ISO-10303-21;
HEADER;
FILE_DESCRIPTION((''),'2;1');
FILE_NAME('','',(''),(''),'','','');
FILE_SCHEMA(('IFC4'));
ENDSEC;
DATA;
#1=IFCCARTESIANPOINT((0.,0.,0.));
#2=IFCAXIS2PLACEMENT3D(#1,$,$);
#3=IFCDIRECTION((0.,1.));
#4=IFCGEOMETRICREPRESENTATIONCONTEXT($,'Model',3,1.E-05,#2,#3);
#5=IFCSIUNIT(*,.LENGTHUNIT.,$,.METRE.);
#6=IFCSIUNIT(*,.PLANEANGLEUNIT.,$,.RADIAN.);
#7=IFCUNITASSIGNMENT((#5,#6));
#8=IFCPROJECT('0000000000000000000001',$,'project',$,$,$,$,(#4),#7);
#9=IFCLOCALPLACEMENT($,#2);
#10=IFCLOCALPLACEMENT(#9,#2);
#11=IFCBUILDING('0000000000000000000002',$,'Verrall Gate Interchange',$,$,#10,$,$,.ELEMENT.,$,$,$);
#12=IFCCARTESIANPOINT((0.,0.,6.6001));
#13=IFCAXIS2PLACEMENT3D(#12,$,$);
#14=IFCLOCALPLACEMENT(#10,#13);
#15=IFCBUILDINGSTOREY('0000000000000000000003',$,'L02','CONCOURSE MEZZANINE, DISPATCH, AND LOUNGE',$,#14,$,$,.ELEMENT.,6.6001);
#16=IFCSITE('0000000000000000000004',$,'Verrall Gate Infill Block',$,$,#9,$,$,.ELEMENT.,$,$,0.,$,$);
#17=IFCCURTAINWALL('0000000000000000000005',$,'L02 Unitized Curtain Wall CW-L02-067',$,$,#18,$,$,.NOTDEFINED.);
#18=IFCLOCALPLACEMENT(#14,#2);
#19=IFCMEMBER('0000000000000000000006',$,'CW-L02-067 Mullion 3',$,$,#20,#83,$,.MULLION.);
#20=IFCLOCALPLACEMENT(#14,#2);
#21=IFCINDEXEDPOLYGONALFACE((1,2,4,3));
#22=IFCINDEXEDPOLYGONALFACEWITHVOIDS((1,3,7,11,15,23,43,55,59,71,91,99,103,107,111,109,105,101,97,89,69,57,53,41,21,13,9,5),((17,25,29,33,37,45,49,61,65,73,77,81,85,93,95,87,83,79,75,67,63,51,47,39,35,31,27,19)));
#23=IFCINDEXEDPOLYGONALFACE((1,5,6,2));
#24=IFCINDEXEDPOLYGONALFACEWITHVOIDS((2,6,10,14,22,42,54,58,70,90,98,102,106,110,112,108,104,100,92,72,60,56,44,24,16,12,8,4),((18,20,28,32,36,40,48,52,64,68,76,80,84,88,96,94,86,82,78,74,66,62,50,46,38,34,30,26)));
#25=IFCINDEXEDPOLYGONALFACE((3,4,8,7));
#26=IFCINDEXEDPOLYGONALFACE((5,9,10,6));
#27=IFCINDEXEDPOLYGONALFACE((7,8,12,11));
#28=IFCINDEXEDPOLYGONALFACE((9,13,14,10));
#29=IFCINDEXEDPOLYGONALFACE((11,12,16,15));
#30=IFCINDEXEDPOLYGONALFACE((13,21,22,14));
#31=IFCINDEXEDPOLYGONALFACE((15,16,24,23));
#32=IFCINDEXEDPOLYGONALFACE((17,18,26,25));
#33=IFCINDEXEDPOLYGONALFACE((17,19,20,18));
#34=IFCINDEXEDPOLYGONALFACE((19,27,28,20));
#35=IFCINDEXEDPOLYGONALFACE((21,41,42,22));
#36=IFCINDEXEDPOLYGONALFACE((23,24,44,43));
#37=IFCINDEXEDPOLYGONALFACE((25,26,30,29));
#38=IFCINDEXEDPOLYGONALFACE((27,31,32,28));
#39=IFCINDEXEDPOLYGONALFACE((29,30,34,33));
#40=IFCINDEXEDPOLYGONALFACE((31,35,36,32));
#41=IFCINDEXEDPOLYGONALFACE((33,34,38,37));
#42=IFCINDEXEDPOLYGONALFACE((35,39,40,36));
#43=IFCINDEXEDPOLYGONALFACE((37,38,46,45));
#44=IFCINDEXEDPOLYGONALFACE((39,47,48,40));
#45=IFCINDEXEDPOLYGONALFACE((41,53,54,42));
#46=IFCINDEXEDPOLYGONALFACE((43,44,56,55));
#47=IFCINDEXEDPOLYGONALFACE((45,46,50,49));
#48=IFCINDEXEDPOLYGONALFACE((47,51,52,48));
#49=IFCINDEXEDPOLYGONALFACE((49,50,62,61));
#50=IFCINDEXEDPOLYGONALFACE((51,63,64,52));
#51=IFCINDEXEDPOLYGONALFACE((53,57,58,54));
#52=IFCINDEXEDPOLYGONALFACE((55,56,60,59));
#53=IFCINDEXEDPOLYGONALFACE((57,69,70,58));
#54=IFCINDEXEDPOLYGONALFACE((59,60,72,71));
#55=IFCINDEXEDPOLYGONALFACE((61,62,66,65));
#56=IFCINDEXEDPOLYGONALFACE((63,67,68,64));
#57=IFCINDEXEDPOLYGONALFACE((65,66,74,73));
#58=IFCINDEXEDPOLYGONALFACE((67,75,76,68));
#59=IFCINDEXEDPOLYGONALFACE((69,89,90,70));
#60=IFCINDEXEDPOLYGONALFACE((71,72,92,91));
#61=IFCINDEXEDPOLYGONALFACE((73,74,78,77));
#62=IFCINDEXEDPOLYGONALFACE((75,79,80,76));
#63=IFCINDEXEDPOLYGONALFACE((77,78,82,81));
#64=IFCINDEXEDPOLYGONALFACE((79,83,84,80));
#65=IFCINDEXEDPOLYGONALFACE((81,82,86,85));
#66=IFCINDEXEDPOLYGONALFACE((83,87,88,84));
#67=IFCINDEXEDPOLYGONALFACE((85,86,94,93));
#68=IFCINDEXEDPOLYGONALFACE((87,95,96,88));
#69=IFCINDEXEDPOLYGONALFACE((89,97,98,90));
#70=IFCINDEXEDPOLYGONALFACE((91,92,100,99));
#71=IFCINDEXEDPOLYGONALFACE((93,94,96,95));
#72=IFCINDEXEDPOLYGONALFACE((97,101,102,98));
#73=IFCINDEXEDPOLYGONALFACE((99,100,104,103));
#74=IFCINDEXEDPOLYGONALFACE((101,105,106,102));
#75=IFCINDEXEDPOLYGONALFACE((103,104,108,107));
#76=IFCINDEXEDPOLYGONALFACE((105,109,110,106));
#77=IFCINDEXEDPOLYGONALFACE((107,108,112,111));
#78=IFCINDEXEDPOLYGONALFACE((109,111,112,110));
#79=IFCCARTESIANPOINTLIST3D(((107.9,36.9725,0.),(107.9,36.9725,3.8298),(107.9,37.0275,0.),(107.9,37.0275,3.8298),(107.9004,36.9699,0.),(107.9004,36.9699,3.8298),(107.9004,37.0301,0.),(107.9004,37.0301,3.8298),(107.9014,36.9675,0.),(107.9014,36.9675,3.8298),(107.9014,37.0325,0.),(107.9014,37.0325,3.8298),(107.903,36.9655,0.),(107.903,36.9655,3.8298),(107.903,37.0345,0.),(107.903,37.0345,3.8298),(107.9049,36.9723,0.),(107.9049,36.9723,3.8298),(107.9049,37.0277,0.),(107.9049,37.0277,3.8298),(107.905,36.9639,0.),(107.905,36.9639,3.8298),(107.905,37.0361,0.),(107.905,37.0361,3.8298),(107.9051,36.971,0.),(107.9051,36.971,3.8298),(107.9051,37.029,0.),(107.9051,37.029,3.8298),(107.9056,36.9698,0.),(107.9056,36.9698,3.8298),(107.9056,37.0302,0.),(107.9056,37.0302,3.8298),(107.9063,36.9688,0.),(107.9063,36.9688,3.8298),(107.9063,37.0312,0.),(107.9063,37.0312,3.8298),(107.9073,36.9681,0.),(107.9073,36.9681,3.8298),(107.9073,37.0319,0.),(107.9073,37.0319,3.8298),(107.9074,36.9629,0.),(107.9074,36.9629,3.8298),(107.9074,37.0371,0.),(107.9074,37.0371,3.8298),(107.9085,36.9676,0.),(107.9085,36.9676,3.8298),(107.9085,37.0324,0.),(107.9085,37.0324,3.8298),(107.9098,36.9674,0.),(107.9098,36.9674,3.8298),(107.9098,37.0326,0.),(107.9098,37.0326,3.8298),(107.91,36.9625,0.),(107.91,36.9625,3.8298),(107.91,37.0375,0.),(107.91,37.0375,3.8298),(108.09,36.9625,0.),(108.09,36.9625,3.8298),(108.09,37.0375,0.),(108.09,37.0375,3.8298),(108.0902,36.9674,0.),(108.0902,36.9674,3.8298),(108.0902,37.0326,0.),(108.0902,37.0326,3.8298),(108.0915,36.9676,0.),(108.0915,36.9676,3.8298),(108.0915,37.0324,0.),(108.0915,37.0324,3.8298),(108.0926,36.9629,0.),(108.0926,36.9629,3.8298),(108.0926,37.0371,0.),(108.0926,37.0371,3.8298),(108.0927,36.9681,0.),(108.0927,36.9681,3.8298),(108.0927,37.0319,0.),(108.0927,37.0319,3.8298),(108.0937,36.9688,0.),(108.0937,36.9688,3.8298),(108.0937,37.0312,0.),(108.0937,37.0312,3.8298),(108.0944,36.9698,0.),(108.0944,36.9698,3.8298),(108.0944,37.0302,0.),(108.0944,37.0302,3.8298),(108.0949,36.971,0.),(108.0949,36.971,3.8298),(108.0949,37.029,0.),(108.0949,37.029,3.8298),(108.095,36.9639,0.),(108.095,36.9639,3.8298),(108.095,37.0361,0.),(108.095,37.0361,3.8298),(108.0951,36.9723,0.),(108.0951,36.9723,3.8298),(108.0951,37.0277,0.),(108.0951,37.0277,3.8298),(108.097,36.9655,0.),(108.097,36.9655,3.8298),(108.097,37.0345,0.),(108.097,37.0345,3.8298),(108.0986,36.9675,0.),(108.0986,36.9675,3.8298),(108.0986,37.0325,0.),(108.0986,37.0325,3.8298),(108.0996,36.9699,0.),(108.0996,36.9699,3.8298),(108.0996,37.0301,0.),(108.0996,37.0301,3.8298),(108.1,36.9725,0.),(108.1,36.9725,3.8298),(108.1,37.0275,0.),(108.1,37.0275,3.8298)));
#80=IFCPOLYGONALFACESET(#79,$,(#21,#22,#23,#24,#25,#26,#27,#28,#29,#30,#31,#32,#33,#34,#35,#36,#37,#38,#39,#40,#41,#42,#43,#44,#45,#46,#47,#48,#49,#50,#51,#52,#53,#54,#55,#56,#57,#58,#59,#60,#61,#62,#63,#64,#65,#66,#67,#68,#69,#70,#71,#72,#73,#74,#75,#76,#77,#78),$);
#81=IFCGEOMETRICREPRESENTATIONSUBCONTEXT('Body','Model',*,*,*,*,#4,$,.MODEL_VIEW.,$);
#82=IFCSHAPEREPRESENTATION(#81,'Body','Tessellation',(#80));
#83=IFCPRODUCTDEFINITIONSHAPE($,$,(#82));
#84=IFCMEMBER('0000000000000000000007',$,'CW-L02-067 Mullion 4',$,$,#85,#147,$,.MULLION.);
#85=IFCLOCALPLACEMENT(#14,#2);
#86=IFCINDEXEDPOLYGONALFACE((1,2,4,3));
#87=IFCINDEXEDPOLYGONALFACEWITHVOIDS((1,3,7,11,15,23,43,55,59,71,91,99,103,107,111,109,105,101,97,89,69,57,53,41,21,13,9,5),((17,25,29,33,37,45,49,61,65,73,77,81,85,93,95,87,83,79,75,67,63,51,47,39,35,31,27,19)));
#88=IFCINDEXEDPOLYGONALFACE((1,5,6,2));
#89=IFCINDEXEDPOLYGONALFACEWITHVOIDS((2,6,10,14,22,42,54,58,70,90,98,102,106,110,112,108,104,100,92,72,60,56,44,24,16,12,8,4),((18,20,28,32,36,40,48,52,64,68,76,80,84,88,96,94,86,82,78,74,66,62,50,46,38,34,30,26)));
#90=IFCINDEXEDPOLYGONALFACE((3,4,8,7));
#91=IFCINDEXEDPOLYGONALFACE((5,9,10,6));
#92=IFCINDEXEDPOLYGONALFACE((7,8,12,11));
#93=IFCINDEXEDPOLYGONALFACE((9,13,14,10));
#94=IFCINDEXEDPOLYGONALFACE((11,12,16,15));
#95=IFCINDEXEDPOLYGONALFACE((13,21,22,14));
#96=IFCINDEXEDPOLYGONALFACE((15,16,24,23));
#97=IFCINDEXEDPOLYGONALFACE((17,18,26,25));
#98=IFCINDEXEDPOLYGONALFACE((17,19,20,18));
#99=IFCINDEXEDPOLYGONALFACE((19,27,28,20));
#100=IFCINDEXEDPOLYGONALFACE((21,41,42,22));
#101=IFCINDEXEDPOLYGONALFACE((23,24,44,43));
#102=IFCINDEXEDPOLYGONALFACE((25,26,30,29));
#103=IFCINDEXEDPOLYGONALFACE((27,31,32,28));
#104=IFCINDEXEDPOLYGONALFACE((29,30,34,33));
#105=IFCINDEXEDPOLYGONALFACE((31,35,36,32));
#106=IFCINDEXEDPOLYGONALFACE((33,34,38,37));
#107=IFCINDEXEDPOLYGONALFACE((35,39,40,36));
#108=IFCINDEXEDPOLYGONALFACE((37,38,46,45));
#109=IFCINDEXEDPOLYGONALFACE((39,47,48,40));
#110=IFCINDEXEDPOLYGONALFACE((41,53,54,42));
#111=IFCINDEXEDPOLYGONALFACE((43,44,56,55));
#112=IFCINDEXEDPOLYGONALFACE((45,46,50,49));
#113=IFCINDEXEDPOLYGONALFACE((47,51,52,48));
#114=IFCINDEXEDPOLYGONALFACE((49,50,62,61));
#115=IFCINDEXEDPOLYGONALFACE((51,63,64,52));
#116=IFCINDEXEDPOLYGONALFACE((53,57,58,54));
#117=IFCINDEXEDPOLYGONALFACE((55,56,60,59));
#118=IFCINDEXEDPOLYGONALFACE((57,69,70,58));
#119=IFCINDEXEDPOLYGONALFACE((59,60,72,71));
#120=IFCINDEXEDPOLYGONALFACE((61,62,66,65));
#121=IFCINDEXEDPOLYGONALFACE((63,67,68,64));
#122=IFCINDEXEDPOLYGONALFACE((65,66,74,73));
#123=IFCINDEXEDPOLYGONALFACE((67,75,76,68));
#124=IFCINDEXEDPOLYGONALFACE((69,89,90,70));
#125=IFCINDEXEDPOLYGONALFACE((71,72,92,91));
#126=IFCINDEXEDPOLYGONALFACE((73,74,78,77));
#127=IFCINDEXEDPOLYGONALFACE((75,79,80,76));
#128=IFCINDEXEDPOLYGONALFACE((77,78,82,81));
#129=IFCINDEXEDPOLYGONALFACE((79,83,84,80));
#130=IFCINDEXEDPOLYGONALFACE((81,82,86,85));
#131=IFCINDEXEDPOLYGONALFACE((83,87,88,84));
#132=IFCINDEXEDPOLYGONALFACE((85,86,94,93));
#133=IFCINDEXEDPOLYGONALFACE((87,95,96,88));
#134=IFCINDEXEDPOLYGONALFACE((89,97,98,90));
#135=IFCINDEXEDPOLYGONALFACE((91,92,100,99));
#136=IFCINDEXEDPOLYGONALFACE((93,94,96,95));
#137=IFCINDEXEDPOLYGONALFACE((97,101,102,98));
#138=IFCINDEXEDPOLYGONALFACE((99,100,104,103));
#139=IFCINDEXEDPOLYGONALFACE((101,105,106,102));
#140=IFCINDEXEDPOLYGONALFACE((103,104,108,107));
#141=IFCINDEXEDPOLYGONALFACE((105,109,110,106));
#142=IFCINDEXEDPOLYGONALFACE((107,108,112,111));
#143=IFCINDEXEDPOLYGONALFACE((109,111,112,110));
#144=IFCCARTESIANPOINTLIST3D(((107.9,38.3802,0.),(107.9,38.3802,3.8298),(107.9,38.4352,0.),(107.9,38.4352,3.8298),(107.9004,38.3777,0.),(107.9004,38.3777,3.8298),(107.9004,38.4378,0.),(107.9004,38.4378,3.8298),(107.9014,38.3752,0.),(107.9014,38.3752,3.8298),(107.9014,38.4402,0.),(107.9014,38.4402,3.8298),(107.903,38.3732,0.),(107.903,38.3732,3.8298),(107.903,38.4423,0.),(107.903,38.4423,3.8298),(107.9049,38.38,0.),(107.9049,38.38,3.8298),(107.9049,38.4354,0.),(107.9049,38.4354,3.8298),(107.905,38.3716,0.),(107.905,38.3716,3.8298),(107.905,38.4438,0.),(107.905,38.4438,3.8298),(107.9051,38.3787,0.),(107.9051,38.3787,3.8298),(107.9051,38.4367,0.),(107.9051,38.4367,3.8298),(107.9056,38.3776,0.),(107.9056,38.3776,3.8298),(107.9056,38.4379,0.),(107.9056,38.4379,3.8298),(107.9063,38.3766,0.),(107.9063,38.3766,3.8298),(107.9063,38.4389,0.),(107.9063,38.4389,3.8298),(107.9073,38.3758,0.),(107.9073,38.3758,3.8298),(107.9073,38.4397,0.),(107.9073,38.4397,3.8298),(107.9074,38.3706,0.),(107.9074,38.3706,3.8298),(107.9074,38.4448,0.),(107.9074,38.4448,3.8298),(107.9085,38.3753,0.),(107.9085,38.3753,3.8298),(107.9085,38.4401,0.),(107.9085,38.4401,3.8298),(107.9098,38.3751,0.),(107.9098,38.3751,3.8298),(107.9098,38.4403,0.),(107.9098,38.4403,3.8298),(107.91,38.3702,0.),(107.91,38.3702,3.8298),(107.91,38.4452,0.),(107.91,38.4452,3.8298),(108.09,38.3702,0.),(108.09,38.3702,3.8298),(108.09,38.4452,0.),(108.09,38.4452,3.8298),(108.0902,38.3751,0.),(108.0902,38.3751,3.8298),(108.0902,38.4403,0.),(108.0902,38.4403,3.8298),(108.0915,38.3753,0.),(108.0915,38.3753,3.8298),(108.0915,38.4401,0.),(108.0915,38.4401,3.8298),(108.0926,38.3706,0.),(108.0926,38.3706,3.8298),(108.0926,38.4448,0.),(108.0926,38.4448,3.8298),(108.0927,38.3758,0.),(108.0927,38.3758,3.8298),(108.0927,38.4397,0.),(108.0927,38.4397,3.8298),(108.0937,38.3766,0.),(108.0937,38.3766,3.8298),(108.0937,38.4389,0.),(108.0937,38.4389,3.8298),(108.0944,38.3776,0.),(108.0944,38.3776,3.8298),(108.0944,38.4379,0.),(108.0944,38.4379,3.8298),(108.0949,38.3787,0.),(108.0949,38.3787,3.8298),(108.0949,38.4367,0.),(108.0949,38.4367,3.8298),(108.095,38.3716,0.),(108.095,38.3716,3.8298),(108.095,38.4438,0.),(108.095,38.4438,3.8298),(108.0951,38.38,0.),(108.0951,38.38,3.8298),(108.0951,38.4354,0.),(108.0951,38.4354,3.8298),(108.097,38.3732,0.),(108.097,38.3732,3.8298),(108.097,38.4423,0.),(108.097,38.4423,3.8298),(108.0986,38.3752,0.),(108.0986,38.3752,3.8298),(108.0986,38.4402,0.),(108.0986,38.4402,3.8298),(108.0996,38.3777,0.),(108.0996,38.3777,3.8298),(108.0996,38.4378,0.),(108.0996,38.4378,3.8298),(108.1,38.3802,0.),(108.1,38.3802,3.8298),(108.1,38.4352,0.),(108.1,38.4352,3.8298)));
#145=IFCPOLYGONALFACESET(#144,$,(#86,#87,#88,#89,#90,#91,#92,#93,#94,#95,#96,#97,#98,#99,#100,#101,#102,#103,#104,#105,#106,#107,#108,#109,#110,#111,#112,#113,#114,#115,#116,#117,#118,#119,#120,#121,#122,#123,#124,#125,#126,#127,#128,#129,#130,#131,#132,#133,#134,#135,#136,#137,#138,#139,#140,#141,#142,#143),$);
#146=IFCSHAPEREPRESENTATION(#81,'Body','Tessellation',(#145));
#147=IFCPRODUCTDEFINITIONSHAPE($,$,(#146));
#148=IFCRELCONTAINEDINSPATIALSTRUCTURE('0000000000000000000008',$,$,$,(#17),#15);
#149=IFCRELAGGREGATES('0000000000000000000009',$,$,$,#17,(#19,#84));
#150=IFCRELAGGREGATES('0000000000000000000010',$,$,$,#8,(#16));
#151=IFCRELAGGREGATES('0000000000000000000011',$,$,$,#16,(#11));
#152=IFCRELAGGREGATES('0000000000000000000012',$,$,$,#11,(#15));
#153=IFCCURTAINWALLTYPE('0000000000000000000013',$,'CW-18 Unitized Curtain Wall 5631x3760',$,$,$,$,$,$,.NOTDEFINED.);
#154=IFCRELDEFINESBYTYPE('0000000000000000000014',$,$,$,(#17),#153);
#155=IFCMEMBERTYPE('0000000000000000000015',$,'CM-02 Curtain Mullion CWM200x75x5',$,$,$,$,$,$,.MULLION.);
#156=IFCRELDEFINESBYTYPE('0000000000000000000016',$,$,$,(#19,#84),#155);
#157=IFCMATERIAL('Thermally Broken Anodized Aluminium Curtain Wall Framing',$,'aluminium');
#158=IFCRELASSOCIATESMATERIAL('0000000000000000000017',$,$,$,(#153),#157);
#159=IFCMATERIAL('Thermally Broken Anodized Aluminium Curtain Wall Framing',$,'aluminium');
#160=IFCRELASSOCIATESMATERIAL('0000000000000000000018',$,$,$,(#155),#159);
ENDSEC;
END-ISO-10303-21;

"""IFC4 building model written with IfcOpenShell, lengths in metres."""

from ifc_helpers import new_model, si_unit, direction, frame, origin, origin_2d, place, context, subcontext, project, spatial, hollow_rectangle, extrude, material, material_profile, profile_set, type_object, element, aggregate, save


model = new_model("IFC4")

# Units and contexts
model_context = context("Model", 3, precision=1e-05, world=origin(), true_north=direction((0.0, 1.0)))
body_context = subcontext(model_context, "Body", "Model", "MODEL_VIEW")
ifc_project = project(units=[si_unit("LENGTHUNIT", "METRE"), si_unit("PLANEANGLEUNIT", "RADIAN")], contexts=[model_context])

# Site, building, storey
site_placement = place(None, origin())
site = spatial("IfcSite", under=ifc_project, at=site_placement, Name="Verrall Gate Infill Block", CompositionType="ELEMENT", RefElevation=0.0)
building_placement = place(site_placement, origin())
building = spatial("IfcBuilding", under=site, at=building_placement, Name="Verrall Gate Interchange", CompositionType="ELEMENT")
storey_placement = place(building_placement, frame((0.0, 0.0, 6.6001)))
storey = spatial("IfcBuildingStorey", under=building, at=storey_placement, Name="L02", Description="CONCOURSE MEZZANINE, DISPATCH, AND LOUNGE", CompositionType="ELEMENT", Elevation=6.6001)

# Shared definitions
ifc_material_1 = material(Name="Thermally Broken Anodized Aluminium Curtain Wall Framing", Category="aluminium")
curtain_wall_type = type_object("IfcCurtainWallType", Name="CW-18 Unitized Curtain Wall 5631x3760", PredefinedType="NOTDEFINED", material=ifc_material_1)

# Shared definitions
ifc_material_2 = material(Name="Thermally Broken Anodized Aluminium Curtain Wall Framing", Category="aluminium")
ifc_material_profile_1 = material_profile(ifc_material_2, hollow_rectangle(XDim=0.075, YDim=0.2, WallThickness=0.0049, InnerFilletRadius=0.0049, OuterFilletRadius=0.01, at=origin_2d()), Name="CWM200x75x5")
ifc_profile_set_1 = profile_set([ifc_material_profile_1], Name="Thermally Broken Anodized Aluminium Curtain Wall Framing")
member_type_1 = type_object("IfcMemberType", Name="CM-02 Curtain Mullion CWM200x75x5", PredefinedType="MULLION", material=ifc_profile_set_1)

# Curtain wall, members
curtain_wall_1_placement = place(storey_placement, origin())
curtain_wall_1 = element("IfcCurtainWall", 1, at=curtain_wall_1_placement, inside=storey, type_object=curtain_wall_type, Name="L02 Unitized Curtain Wall CW-L02-067", PredefinedType="NOTDEFINED")
member_1_placement = place(storey_placement, frame((108.0, 37.0, 0.0), z_axis=(0.0, 0.0, 1.0), x_axis=(0.0, 1.0, 0.0)))
member_1 = element("IfcMember", 2, at=member_1_placement, type_object=member_type_1, Name="CW-L02-067 Mullion 3", PredefinedType="MULLION", context=body_context, shape_type="SweptSolid", body=[
    extrude(hollow_rectangle(XDim=0.075, YDim=0.2, WallThickness=0.0049, InnerFilletRadius=0.0049, OuterFilletRadius=0.01, at=origin_2d()), origin(), (0.0, 0.0, 1.0), 3.8298),
])
member_2_placement = place(storey_placement, frame((108.0, 38.4077, 0.0), z_axis=(0.0, 0.0, 1.0), x_axis=(0.0, 1.0, 0.0)))
member_2 = element("IfcMember", 3, at=member_2_placement, type_object=member_type_1, Name="CW-L02-067 Mullion 4", PredefinedType="MULLION", context=body_context, shape_type="SweptSolid", body=[
    extrude(hollow_rectangle(XDim=0.075, YDim=0.2, WallThickness=0.0049, InnerFilletRadius=0.0049, OuterFilletRadius=0.01, at=origin_2d()), origin(), (0.0, 0.0, 1.0), 3.8298),
])

aggregate(curtain_wall_1, [member_1, member_2])

save(model, "model.ifc")
